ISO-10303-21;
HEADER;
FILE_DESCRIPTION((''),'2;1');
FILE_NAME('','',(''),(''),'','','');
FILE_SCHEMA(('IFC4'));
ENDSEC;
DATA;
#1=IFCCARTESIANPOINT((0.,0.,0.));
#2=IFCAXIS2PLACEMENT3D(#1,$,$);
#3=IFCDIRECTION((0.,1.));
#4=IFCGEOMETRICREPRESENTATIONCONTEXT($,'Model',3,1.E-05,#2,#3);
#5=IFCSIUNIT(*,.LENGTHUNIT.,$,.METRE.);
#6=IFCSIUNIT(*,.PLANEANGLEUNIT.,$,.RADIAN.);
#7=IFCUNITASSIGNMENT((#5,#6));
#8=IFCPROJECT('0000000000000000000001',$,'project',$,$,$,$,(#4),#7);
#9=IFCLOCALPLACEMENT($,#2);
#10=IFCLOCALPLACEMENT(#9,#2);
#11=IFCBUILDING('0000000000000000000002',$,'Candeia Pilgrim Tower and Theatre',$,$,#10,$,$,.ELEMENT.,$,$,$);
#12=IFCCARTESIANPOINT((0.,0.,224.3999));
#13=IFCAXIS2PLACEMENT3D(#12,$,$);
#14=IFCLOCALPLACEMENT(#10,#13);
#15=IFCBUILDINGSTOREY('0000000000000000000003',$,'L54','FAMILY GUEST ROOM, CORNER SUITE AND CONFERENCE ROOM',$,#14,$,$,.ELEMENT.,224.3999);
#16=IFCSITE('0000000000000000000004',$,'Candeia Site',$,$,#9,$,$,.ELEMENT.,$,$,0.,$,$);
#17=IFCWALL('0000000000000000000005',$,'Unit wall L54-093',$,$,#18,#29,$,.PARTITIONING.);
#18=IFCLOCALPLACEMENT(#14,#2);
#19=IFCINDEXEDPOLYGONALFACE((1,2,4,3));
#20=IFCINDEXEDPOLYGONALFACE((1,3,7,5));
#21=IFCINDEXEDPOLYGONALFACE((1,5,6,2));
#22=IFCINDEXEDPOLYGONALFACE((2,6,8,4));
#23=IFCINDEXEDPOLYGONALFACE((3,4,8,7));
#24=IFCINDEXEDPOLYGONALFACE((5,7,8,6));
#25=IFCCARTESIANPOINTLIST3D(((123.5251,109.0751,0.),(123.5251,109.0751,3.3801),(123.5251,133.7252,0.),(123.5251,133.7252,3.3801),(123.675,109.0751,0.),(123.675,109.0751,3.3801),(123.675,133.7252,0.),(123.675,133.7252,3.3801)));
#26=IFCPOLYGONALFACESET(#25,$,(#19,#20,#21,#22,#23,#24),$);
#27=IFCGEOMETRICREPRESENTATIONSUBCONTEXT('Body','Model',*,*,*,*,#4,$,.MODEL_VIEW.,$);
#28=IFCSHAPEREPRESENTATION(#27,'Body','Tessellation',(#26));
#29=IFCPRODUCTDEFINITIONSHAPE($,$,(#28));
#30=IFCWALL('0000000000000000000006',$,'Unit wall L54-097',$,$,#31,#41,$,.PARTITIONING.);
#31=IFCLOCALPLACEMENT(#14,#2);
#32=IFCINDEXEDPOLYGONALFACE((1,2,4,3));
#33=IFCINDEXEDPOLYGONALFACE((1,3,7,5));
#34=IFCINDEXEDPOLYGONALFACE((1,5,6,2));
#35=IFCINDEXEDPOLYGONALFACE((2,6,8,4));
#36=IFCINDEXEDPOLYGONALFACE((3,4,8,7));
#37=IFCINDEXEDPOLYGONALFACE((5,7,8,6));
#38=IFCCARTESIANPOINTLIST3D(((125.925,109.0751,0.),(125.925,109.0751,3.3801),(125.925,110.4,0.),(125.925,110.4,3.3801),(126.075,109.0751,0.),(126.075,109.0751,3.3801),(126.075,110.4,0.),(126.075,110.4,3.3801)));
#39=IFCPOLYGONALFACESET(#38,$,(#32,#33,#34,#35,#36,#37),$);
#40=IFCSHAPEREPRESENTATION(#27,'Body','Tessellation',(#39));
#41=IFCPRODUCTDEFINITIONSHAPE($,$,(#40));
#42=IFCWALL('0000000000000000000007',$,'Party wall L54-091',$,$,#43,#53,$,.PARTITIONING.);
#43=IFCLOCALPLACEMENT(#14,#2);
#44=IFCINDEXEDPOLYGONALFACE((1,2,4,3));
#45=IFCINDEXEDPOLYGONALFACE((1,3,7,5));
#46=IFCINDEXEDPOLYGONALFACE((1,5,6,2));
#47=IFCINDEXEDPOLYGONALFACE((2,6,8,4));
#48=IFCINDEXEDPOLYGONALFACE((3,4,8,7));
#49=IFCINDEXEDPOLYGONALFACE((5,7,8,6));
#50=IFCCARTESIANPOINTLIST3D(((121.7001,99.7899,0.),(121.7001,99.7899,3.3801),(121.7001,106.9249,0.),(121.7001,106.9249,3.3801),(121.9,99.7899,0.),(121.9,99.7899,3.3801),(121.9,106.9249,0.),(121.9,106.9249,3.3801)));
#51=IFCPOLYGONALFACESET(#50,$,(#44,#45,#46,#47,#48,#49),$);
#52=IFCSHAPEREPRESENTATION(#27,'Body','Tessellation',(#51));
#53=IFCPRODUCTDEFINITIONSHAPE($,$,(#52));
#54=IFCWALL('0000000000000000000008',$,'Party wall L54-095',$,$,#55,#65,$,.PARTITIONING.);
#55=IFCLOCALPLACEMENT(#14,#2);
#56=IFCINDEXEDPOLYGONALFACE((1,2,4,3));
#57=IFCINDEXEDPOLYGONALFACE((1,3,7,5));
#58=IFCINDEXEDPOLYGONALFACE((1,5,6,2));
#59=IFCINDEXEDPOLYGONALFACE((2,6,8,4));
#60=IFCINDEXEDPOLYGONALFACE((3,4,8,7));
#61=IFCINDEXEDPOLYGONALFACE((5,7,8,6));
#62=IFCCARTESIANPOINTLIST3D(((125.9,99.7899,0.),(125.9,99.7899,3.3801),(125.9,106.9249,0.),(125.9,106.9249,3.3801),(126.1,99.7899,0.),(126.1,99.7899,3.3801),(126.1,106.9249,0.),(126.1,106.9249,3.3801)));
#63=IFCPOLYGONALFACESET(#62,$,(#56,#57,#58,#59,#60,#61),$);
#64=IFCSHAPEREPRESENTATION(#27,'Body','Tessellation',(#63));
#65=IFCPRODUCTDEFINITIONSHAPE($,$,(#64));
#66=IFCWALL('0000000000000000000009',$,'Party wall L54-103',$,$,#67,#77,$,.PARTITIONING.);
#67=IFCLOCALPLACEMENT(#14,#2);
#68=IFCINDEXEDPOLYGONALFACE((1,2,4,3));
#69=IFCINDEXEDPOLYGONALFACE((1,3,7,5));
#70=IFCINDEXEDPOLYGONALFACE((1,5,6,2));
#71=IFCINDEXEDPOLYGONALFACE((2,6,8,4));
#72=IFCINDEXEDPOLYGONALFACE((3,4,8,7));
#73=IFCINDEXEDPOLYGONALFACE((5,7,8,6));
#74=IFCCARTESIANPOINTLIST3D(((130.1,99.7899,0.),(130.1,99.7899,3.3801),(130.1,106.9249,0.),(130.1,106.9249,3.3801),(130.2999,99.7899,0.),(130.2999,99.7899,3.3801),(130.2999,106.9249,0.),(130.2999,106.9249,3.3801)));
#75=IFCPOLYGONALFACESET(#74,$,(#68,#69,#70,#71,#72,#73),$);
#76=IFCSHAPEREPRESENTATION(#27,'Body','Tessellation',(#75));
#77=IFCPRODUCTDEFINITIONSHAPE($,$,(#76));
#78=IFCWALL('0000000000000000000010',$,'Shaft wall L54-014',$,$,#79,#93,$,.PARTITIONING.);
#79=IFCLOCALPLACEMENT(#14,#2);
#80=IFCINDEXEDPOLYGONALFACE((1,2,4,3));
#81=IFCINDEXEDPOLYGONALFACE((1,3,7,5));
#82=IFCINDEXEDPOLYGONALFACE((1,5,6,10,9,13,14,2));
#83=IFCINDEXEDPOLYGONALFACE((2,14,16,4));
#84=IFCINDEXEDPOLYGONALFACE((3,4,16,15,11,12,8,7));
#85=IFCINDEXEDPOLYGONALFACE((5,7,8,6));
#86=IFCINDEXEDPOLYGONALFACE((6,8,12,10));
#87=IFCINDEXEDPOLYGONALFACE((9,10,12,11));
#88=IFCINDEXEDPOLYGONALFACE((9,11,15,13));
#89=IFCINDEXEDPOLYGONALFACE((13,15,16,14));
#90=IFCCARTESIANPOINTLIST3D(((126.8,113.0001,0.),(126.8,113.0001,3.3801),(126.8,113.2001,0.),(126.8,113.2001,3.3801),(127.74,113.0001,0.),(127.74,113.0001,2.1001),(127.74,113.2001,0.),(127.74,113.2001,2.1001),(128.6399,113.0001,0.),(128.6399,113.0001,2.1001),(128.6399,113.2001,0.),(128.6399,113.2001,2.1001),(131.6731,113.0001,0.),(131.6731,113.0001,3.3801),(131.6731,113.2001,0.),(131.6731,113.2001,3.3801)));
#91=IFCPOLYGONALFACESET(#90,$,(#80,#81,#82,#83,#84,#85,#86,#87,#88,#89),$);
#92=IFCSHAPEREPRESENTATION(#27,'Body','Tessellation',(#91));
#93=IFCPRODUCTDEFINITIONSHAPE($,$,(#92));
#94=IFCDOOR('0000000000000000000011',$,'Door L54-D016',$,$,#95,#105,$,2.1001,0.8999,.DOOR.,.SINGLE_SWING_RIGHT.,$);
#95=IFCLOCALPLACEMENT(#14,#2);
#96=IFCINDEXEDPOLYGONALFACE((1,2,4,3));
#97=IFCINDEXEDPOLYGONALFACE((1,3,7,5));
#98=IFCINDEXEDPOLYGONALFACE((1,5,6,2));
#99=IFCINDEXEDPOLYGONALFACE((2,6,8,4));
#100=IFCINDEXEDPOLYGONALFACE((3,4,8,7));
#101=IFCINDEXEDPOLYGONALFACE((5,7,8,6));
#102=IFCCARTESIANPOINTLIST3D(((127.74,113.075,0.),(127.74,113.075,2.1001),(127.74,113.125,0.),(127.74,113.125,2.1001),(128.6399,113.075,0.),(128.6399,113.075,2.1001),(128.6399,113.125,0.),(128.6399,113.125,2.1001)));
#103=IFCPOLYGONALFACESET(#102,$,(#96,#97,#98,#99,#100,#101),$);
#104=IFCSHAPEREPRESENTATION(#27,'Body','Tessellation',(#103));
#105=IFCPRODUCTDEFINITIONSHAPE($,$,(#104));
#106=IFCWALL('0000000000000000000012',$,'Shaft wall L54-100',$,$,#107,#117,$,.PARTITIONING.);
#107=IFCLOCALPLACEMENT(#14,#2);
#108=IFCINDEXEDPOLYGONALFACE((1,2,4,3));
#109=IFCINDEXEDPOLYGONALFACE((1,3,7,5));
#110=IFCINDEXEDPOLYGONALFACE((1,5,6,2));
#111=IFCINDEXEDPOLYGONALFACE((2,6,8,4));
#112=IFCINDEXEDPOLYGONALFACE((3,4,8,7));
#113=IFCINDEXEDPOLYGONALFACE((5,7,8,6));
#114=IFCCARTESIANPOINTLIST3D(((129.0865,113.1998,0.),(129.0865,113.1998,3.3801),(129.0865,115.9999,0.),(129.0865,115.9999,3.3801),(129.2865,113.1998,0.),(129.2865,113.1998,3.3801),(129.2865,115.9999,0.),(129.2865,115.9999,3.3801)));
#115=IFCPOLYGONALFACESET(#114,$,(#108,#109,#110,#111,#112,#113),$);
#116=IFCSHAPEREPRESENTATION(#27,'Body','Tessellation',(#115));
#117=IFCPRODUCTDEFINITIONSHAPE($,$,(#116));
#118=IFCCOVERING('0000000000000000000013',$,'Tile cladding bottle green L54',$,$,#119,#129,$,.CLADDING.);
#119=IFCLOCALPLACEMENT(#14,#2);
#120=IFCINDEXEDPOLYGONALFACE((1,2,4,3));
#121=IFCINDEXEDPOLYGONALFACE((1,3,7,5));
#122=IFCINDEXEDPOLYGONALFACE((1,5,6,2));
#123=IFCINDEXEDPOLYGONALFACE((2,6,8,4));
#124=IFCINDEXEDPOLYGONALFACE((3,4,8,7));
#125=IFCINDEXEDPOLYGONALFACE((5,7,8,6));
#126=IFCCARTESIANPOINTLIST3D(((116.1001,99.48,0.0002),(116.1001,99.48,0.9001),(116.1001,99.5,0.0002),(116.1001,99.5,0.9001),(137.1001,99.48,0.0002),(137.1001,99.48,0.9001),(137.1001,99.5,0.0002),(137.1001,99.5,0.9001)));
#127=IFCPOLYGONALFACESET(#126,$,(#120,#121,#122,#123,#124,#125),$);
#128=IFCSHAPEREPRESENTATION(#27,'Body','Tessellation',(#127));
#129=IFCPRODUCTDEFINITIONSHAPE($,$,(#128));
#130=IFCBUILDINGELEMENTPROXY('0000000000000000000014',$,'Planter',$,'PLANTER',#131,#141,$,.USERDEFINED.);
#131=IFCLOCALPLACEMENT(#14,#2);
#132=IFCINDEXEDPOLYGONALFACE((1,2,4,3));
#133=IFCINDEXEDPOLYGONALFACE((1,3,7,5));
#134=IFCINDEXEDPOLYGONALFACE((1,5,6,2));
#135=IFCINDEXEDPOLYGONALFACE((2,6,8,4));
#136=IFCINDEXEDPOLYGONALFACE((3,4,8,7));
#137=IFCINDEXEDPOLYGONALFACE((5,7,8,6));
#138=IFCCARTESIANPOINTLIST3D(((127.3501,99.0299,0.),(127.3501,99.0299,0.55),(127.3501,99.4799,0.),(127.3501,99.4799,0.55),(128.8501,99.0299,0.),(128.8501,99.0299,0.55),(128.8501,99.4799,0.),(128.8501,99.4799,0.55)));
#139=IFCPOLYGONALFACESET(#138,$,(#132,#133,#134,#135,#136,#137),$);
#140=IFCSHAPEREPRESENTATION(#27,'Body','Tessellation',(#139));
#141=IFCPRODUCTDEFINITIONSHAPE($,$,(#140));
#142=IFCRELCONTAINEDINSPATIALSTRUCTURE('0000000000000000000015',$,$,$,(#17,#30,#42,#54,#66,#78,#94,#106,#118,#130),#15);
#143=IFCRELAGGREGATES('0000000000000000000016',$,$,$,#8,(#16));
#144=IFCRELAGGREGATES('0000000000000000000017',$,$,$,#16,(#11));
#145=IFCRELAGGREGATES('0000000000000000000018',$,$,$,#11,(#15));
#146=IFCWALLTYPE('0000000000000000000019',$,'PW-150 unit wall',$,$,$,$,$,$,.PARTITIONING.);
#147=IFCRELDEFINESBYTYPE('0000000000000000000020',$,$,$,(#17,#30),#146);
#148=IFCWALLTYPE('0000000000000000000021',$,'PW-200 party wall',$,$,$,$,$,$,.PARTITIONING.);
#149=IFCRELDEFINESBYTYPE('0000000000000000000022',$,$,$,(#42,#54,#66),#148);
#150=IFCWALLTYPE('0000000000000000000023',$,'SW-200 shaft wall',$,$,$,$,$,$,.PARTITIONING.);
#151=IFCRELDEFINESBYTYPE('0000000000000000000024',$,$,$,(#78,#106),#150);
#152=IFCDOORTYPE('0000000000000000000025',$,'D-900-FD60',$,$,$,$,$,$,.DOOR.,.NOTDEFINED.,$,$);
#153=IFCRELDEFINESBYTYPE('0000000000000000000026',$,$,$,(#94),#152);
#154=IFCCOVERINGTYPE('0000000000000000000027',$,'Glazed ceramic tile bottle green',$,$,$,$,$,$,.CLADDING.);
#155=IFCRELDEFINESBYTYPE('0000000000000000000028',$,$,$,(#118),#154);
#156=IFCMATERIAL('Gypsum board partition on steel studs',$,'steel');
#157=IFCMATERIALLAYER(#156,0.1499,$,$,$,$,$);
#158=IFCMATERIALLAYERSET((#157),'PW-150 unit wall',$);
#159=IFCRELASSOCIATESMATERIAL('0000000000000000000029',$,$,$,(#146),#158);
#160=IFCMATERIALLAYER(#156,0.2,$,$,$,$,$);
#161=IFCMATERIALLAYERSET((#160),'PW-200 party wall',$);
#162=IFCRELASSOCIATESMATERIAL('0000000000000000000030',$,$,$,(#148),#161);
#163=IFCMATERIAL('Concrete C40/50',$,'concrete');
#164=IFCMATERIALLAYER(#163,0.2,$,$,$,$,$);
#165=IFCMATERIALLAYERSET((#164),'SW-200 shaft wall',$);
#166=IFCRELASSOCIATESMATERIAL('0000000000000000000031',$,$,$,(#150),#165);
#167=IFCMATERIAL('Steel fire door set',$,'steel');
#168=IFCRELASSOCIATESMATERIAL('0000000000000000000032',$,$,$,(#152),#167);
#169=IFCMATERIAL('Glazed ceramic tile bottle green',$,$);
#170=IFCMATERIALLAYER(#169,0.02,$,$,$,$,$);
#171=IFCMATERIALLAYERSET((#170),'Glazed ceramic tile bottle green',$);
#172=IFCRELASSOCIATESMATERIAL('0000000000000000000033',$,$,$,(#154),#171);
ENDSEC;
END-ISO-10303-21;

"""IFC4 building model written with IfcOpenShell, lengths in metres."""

from ifc_helpers import new_model, si_unit, direction, frame, frame_2d, origin, origin_2d, place, context, subcontext, project, spatial, rectangle, extrude, material, layer, layer_set, type_object, element, fill, save


model = new_model("IFC4")

# Units and contexts
model_context = context("Model", 3, precision=1e-05, world=origin(), true_north=direction((0.0, 1.0)))
body_context = subcontext(model_context, "Body", "Model", "MODEL_VIEW")
ifc_project = project(units=[si_unit("LENGTHUNIT", "METRE"), si_unit("PLANEANGLEUNIT", "RADIAN")], contexts=[model_context])

# Site, building, storey
site_placement = place(None, origin())
site = spatial("IfcSite", under=ifc_project, at=site_placement, Name="Candeia Site", CompositionType="ELEMENT", RefElevation=0.0)
building_placement = place(site_placement, origin())
building = spatial("IfcBuilding", under=site, at=building_placement, Name="Candeia Pilgrim Tower and Theatre", CompositionType="ELEMENT")
storey_placement = place(building_placement, frame((0.0, 0.0, 224.3999)))
storey = spatial("IfcBuildingStorey", under=building, at=storey_placement, Name="L54", Description="FAMILY GUEST ROOM, CORNER SUITE AND CONFERENCE ROOM", CompositionType="ELEMENT", Elevation=224.3999)

# Shared definitions
ifc_material_1 = material(Name="Steel fire door set", Category="steel")

# Shared definitions
ifc_material_2 = material(Name="Gypsum board partition on steel studs", Category="steel")

# Walls
ifc_layer_1 = layer(ifc_material_2, 0.1499)
ifc_layer_set_1 = layer_set([ifc_layer_1], Name="PW-150 unit wall")
wall_type_1 = type_object("IfcWallType", Name="PW-150 unit wall", PredefinedType="PARTITIONING", material=ifc_layer_set_1)
wall_1_placement = place(storey_placement, frame((123.6001, 109.075, 0.0), z_axis=(0.0, 0.0, 1.0), x_axis=(0.0, 1.0, 0.0)))
element("IfcWall", 1, at=wall_1_placement, inside=storey, type_object=wall_type_1, Name="Unit wall L54-093", PredefinedType="PARTITIONING", context=body_context, shape_type="SweptSolid", body=[
    extrude(rectangle(XDim=24.6501, YDim=0.1499, at=frame_2d((12.3252, 0.0))), origin(), (0.0, 0.0, 1.0), 3.3801),
])
wall_2_placement = place(storey_placement, frame((126.0, 109.075, 0.0), z_axis=(0.0, 0.0, 1.0), x_axis=(0.0, 1.0, 0.0)))
element("IfcWall", 2, at=wall_2_placement, inside=storey, type_object=wall_type_1, Name="Unit wall L54-097", PredefinedType="PARTITIONING", context=body_context, shape_type="SweptSolid", body=[
    extrude(rectangle(XDim=1.325, YDim=0.1499, at=frame_2d((0.6626, 0.0))), origin(), (0.0, 0.0, 1.0), 3.3801),
])
ifc_layer_2 = layer(ifc_material_2, 0.2)
ifc_layer_set_2 = layer_set([ifc_layer_2], Name="PW-200 party wall")
wall_type_2 = type_object("IfcWallType", Name="PW-200 party wall", PredefinedType="PARTITIONING", material=ifc_layer_set_2)
for number, where, z_axis, x_axis, name in (
    (3, (121.8, 99.79, 0.0), (0.0, 0.0, 1.0), (0.0, 1.0, 0.0), "Party wall L54-091"),
    (4, (126.0, 99.79, 0.0), (0.0, 0.0, 1.0), (0.0, 1.0, 0.0), "Party wall L54-095"),
    (5, (130.2, 99.79, 0.0), (0.0, 0.0, 1.0), (0.0, 1.0, 0.0), "Party wall L54-103"),
):
    element("IfcWall", number, at=place(storey_placement, frame(where, z_axis=z_axis, x_axis=x_axis)), inside=storey, type_object=wall_type_2, Name=name, PredefinedType="PARTITIONING", context=body_context, shape_type="SweptSolid", body=[
        extrude(rectangle(XDim=7.135, YDim=0.2, at=frame_2d((3.5674, 0.0))), origin(), (0.0, 0.0, 1.0), 3.3801),
    ])

# Wall, opening, door
ifc_material_3 = material(Name="Concrete C40/50", Category="concrete")
ifc_layer_3 = layer(ifc_material_3, 0.2)
ifc_layer_set_3 = layer_set([ifc_layer_3], Name="SW-200 shaft wall")
wall_type_3 = type_object("IfcWallType", Name="SW-200 shaft wall", PredefinedType="PARTITIONING", material=ifc_layer_set_3)
wall_3_placement = place(storey_placement, frame((126.8, 113.1001, 0.0), z_axis=(0.0, 0.0, 1.0), x_axis=(1.0, 0.0, 0.0)))
wall_3 = element("IfcWall", 6, at=wall_3_placement, inside=storey, type_object=wall_type_3, Name="Shaft wall L54-014", PredefinedType="PARTITIONING", context=body_context, shape_type="SweptSolid", body=[
    extrude(rectangle(XDim=4.873, YDim=0.2, at=frame_2d((2.4365, 0.0))), origin(), (0.0, 0.0, 1.0), 3.3801),
])
opening_1_placement = place(wall_3_placement, frame((0.9399, 0.0, 0.0)))
opening_1 = element("IfcOpeningElement", 7, at=opening_1_placement, cuts=wall_3, PredefinedType="OPENING", context=body_context, shape_type="SweptSolid", body=[
    extrude(rectangle(XDim=0.8999, YDim=2.1001, at=frame_2d((0.45, 1.05))), frame((0.0, 0.1099, 0.0), z_axis=(0.0, -1.0, 0.0), x_axis=(1.0, 0.0, 0.0)), (0.0, 0.0, 1.0), 0.22),
])
door_type_1 = type_object("IfcDoorType", Name="D-900-FD60", OperationType="NOTDEFINED", PredefinedType="DOOR", material=ifc_material_1)
door_1_placement = place(opening_1_placement, origin())
door_1 = element("IfcDoor", 8, at=door_1_placement, inside=storey, type_object=door_type_1, Name="Door L54-D016", OperationType="SINGLE_SWING_RIGHT", OverallHeight=2.1001, OverallWidth=0.8999, PredefinedType="DOOR", context=body_context, shape_type="SweptSolid", body=[
    extrude(rectangle(XDim=0.8999, YDim=2.1001, at=frame_2d((0.45, 1.05))), frame((0.0, 0.0249, 0.0), z_axis=(0.0, -1.0, 0.0), x_axis=(1.0, 0.0, 0.0)), (0.0, 0.0, 1.0), 0.05),
])
fill(opening_1, door_1)

# Wall
wall_4_placement = place(storey_placement, frame((129.1865, 113.2, 0.0), z_axis=(0.0, 0.0, 1.0), x_axis=(0.0, 1.0, 0.0)))
element("IfcWall", 9, at=wall_4_placement, inside=storey, type_object=wall_type_3, Name="Shaft wall L54-100", PredefinedType="PARTITIONING", context=body_context, shape_type="SweptSolid", body=[
    extrude(rectangle(XDim=2.8, YDim=0.2, at=frame_2d((1.3999, 0.0))), origin(), (0.0, 0.0, 1.0), 3.3801),
])

# Covering
ifc_material_4 = material(Name="Glazed ceramic tile bottle green")
ifc_layer_4 = layer(ifc_material_4, 0.02)
ifc_layer_set_4 = layer_set([ifc_layer_4], Name="Glazed ceramic tile bottle green")
covering_type = type_object("IfcCoveringType", Name="Glazed ceramic tile bottle green", PredefinedType="CLADDING", material=ifc_layer_set_4)
covering_placement = place(storey_placement, frame((126.6001, 99.49, 0.0002), z_axis=(0.0, 0.0, 1.0), x_axis=(1.0, 0.0, 0.0)))
element("IfcCovering", 10, at=covering_placement, inside=storey, type_object=covering_type, Name="Tile cladding bottle green L54", PredefinedType="CLADDING", context=body_context, shape_type="SweptSolid", body=[
    extrude(rectangle(XDim=21.0, YDim=0.02, at=origin_2d()), origin(), (0.0, 0.0, 1.0), 0.8999),
])

# Building element proxy
proxy_placement = place(storey_placement, frame((128.1001, 99.2549, 0.0), z_axis=(0.0, 0.0, 1.0), x_axis=(1.0, 0.0, 0.0)))
element("IfcBuildingElementProxy", 11, at=proxy_placement, inside=storey, Name="Planter", ObjectType="PLANTER", PredefinedType="USERDEFINED", context=body_context, shape_type="SweptSolid", body=[
    extrude(rectangle(XDim=1.5, YDim=0.45, at=origin_2d()), origin(), (0.0, 0.0, 1.0), 0.55),
])

save(model, "model.ifc")
